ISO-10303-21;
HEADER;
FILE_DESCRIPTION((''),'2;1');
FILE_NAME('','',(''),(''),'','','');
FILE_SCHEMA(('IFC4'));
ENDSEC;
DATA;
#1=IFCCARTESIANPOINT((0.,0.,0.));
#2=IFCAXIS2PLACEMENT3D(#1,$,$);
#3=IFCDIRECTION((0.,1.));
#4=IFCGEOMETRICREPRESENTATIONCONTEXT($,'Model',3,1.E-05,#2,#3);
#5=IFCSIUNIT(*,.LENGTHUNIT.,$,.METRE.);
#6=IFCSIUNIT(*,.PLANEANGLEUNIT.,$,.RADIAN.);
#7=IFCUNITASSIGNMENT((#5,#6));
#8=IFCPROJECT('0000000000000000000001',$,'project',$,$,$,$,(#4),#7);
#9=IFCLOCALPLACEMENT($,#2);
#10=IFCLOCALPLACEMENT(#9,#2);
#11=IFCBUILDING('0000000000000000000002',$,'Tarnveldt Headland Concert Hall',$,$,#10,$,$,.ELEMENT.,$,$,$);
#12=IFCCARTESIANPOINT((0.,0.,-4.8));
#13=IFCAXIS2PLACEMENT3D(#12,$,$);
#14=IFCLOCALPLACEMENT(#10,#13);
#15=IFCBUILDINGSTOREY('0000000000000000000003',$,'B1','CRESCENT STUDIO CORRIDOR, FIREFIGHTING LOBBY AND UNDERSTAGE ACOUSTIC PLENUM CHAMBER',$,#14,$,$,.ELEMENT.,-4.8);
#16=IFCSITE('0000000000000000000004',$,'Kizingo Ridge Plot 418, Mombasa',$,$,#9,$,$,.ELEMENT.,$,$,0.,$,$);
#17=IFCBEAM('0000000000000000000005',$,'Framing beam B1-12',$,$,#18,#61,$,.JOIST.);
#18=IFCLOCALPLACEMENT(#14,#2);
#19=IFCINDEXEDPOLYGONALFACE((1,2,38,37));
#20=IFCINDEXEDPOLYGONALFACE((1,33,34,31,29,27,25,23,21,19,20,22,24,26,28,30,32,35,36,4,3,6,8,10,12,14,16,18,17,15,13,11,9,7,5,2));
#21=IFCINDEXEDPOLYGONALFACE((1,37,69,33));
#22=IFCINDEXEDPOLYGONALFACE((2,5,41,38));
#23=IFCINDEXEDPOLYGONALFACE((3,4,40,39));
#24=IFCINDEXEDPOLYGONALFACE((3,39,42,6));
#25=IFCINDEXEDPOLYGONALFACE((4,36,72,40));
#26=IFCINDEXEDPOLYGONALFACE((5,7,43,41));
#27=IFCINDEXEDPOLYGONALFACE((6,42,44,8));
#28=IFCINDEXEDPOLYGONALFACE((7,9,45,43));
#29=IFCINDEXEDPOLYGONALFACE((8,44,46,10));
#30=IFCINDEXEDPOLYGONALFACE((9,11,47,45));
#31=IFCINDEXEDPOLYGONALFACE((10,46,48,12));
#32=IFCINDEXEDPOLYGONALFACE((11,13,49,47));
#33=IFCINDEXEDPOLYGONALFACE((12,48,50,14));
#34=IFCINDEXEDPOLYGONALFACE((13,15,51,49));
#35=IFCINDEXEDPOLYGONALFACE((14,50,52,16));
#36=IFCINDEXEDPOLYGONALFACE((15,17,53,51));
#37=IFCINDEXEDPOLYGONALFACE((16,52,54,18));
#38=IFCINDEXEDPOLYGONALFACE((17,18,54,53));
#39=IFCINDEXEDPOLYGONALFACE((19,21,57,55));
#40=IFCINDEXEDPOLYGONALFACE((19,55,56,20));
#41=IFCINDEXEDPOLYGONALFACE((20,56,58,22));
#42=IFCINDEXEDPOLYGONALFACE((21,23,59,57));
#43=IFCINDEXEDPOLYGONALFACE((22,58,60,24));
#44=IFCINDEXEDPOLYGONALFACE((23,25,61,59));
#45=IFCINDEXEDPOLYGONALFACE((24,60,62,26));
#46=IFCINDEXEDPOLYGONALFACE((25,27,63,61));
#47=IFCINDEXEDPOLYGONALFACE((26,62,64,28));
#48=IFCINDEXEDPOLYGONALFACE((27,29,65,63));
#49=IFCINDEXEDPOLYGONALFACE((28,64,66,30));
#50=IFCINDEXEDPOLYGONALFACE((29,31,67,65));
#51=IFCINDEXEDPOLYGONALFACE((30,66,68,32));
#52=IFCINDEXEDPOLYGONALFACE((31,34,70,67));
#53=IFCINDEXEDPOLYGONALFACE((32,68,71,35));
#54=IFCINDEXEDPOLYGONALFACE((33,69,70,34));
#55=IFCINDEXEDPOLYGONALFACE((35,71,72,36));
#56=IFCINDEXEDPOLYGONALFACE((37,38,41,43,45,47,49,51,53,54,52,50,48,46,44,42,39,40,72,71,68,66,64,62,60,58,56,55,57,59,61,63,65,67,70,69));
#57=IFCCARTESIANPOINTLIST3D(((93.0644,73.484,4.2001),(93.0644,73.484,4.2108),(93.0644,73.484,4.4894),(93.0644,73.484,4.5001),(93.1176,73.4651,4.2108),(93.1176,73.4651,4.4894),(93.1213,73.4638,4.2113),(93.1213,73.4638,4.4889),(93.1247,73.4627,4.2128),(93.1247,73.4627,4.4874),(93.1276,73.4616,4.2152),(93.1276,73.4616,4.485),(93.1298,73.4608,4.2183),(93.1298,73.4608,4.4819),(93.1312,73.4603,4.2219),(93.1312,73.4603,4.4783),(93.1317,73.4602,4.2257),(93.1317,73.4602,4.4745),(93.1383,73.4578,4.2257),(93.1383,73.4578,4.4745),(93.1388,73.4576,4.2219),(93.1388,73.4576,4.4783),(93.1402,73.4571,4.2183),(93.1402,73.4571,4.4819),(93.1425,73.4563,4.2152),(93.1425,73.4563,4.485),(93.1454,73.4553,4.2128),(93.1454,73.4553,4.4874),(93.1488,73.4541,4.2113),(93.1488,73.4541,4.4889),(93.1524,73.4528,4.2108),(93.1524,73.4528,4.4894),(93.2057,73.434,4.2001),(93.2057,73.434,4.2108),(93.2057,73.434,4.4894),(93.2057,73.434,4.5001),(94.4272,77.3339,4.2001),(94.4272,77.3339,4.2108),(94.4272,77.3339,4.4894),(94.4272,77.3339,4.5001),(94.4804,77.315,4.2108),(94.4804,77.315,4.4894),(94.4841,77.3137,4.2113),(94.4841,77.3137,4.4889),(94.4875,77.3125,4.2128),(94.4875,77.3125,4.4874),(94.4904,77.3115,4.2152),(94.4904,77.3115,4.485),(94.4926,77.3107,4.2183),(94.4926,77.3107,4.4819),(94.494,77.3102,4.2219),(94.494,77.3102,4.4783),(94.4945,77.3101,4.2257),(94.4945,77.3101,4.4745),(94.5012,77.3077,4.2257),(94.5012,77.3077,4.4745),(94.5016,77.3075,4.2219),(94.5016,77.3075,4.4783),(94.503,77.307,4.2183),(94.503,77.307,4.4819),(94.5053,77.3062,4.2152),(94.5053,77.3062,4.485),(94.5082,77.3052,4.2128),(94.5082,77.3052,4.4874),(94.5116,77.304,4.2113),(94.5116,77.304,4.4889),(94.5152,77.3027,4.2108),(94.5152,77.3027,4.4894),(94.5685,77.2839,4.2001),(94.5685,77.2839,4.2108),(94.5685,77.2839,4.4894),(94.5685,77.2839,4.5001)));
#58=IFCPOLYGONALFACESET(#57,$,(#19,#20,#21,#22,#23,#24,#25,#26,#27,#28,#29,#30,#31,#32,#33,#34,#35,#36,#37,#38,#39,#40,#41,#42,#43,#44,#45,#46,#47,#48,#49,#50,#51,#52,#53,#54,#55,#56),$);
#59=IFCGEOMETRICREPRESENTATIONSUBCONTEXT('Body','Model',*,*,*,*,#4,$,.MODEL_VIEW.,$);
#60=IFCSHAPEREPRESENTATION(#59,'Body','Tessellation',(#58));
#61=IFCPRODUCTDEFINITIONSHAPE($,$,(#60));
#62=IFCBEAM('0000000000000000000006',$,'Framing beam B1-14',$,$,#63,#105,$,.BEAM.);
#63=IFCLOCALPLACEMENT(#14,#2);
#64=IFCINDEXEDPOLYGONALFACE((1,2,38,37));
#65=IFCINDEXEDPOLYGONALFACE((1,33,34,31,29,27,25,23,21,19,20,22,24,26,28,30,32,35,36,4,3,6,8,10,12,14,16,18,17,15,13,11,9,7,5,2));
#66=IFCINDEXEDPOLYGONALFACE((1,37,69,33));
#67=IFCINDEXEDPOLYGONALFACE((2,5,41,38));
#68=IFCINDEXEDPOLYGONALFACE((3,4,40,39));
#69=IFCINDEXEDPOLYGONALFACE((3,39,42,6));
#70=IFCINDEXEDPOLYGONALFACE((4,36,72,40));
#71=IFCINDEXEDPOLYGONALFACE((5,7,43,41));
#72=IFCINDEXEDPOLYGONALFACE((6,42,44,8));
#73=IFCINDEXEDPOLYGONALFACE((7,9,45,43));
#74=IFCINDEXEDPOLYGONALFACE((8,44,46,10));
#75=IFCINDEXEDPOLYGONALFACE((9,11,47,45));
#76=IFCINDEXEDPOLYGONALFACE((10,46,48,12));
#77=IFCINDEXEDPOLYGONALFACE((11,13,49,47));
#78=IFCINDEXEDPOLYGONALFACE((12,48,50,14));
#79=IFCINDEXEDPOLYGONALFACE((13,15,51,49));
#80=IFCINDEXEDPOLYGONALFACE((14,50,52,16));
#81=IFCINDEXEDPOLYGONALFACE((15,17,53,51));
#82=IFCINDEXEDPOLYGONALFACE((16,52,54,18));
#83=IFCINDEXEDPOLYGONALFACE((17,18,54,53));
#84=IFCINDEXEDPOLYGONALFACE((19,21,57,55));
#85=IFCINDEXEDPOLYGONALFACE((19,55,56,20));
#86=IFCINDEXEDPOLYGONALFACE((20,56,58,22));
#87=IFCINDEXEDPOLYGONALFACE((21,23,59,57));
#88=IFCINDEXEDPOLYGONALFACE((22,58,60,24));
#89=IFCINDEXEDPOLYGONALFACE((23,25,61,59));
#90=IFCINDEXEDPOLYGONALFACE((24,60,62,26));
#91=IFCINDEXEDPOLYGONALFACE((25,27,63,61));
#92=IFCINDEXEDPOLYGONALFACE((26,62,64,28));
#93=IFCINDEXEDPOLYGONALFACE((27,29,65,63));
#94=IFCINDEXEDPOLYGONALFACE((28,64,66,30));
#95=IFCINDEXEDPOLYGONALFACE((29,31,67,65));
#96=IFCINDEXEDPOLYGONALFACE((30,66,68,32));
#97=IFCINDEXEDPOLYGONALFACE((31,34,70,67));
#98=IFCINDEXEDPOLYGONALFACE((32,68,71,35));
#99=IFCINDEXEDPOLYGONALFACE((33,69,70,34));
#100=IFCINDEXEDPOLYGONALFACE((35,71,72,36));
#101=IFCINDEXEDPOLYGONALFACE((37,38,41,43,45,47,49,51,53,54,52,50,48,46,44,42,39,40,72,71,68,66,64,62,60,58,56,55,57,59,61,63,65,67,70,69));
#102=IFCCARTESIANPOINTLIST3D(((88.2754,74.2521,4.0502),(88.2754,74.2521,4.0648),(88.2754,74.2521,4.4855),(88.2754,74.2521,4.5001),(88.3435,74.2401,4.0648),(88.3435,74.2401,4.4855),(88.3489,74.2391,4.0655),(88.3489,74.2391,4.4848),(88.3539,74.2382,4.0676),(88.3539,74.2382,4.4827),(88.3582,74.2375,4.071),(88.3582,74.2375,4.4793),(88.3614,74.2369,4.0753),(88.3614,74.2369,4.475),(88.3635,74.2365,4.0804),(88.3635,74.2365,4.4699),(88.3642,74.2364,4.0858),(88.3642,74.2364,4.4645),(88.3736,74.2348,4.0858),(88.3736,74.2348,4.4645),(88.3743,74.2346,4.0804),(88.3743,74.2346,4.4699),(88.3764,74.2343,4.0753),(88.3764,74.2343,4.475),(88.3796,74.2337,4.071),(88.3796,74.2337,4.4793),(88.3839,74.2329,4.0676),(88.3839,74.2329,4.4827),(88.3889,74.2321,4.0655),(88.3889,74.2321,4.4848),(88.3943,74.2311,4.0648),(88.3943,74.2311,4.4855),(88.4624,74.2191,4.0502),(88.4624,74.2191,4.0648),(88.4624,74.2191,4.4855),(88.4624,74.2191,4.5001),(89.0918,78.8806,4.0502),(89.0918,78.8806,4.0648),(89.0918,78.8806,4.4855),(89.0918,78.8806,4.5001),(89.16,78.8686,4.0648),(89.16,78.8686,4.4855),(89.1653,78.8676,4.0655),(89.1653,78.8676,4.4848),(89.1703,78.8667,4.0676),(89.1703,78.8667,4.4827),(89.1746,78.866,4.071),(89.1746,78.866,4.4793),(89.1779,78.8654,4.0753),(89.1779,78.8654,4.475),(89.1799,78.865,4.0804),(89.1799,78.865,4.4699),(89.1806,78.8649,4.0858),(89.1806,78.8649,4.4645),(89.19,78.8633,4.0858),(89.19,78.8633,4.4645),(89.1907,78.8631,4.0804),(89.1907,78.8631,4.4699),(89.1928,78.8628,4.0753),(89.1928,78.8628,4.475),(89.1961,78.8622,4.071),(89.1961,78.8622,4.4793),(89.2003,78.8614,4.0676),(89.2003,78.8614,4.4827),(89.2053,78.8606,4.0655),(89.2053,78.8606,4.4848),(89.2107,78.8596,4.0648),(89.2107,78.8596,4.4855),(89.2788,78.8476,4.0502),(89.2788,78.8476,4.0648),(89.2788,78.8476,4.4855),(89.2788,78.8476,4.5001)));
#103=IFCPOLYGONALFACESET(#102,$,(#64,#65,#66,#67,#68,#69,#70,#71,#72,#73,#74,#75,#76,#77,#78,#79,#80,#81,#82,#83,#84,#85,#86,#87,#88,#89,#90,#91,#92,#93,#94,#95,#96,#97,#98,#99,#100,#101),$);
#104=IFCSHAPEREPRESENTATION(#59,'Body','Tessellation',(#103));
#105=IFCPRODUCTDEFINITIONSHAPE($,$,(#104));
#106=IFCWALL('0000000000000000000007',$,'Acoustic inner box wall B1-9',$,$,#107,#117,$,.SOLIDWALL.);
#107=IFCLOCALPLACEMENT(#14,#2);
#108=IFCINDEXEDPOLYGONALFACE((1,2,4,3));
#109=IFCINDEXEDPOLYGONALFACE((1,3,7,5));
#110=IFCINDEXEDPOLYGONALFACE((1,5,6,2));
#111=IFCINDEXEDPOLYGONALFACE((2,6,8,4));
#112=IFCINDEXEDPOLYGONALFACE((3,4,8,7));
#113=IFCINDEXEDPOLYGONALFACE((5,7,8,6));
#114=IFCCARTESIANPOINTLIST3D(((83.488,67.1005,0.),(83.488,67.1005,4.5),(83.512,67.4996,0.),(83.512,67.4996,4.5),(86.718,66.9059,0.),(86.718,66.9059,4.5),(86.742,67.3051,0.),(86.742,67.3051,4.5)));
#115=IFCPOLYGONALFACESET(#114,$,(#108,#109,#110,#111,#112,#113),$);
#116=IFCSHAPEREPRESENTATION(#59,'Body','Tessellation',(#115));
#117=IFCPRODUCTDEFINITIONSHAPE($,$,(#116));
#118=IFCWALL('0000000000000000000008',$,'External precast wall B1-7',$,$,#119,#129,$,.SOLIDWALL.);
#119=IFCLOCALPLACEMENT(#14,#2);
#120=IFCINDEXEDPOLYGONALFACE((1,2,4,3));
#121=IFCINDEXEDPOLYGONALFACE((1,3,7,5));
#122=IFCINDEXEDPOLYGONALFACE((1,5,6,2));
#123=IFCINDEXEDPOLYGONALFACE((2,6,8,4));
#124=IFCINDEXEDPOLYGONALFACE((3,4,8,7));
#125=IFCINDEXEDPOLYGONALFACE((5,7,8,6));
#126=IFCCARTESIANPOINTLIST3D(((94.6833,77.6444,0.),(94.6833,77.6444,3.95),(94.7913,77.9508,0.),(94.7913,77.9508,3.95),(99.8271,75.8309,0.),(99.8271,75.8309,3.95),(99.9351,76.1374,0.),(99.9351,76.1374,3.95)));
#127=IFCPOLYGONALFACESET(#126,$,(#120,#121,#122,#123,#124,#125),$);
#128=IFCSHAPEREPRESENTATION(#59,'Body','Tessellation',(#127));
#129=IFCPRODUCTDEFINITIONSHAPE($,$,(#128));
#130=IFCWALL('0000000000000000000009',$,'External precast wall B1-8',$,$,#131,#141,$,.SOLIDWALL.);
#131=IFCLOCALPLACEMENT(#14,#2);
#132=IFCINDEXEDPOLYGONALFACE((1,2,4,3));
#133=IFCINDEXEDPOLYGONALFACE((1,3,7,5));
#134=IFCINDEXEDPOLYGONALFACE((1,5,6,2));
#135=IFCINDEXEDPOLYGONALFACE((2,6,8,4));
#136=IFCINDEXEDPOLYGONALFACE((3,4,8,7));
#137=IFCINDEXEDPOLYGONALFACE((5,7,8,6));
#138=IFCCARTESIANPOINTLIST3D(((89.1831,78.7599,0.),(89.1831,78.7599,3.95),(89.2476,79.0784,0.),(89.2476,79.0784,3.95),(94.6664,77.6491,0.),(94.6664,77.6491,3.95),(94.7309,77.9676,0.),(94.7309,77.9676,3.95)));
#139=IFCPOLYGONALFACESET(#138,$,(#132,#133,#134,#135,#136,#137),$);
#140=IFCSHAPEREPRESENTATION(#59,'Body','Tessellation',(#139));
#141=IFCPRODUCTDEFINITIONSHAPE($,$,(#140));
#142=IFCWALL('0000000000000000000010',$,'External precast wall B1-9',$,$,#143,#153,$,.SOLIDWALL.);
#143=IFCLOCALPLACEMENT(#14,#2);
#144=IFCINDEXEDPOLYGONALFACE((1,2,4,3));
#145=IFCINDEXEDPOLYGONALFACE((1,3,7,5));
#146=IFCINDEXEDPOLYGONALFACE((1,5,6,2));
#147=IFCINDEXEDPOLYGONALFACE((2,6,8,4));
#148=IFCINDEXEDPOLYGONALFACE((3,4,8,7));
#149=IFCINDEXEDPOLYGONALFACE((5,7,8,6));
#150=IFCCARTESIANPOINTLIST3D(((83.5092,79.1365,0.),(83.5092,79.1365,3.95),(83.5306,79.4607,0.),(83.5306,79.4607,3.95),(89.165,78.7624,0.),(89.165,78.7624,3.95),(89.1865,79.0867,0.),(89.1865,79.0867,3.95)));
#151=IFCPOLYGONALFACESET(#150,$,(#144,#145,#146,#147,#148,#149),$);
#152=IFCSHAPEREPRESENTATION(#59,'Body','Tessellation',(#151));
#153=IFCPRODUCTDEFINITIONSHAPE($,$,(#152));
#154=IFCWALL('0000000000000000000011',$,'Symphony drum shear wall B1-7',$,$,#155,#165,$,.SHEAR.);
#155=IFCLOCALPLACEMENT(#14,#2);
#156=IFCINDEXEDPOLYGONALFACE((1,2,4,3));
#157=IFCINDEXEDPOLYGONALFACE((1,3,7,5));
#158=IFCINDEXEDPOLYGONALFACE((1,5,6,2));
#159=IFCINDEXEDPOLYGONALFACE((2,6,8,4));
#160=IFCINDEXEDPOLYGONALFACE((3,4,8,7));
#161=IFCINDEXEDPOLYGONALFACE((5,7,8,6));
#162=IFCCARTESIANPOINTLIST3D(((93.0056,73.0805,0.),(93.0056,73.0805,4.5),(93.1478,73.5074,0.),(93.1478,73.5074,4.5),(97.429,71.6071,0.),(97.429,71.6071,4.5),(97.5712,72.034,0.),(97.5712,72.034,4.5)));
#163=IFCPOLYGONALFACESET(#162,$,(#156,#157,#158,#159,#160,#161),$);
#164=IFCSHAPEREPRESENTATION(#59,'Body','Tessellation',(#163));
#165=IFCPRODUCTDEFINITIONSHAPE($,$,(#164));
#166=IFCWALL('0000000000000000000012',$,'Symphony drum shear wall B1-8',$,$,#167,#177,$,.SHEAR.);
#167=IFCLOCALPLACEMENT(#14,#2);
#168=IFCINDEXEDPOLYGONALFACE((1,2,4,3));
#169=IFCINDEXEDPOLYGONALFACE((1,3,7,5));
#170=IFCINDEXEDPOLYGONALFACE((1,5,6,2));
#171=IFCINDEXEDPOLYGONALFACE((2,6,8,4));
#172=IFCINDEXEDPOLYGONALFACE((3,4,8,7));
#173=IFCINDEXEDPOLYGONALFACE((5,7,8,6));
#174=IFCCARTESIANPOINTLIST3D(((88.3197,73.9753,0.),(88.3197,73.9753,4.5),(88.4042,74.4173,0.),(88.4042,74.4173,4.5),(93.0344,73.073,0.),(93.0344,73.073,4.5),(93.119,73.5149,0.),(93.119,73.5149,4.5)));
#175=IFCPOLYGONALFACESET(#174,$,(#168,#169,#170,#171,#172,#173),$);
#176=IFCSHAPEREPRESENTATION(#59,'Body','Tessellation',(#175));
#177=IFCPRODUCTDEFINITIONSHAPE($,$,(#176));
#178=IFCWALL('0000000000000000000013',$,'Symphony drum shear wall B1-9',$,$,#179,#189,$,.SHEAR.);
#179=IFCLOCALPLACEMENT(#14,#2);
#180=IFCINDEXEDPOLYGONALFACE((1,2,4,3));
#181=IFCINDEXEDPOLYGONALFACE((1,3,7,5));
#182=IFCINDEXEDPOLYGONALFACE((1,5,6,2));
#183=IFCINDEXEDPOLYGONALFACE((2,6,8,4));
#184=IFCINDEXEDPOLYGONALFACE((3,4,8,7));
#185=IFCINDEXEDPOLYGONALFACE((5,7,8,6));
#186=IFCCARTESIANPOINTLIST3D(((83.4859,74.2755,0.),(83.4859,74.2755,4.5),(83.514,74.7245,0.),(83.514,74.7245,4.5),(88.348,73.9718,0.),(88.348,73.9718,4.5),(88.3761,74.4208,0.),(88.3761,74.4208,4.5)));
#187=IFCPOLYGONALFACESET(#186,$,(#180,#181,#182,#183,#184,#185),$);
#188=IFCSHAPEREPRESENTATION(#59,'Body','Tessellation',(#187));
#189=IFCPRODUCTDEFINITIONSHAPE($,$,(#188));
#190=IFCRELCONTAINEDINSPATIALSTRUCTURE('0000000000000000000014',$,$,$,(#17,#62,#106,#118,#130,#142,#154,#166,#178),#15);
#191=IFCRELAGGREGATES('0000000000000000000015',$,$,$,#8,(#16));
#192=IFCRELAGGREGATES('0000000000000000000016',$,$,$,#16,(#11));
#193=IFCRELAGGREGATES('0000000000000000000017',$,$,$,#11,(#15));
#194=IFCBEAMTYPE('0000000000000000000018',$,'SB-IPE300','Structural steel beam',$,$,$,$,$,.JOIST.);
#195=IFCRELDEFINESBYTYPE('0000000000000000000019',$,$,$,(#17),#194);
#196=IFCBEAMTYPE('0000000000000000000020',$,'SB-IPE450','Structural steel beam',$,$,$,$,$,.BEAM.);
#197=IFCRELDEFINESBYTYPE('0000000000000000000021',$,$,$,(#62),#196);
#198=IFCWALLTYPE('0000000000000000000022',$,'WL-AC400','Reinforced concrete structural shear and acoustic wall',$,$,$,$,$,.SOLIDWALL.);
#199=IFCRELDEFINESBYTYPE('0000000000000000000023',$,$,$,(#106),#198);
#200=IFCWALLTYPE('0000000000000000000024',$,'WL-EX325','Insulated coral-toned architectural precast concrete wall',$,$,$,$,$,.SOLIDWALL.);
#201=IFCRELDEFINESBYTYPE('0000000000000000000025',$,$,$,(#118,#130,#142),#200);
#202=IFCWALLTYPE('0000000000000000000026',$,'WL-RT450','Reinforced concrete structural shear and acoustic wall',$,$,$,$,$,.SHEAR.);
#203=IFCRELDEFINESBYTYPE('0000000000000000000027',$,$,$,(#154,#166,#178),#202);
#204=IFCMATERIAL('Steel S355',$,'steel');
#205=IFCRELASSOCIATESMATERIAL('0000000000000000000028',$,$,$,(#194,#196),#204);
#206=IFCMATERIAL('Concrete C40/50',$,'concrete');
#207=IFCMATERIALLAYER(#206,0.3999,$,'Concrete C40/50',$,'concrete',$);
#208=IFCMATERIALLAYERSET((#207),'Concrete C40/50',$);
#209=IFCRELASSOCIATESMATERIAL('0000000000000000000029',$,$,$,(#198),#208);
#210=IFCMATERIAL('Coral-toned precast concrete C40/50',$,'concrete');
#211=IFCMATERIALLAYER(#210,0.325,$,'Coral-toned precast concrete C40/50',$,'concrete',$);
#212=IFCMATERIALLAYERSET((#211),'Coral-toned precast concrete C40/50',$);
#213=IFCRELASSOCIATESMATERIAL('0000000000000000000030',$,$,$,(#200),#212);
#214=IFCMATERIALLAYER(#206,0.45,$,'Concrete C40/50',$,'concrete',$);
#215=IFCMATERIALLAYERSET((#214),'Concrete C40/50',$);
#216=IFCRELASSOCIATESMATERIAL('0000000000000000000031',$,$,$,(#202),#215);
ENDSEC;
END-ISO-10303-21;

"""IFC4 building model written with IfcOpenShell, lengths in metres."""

from ifc_helpers import new_model, si_unit, direction, frame, frame_2d, origin, origin_2d, place, context, subcontext, project, spatial, rectangle, i_section, extrude, material, layer, layer_set, material_profile, profile_set, type_object, element, save


model = new_model("IFC4")

# Units and contexts
model_context = context("Model", 3, precision=1e-05, world=origin(), true_north=direction((0.0, 1.0)))
body_context = subcontext(model_context, "Body", "Model", "MODEL_VIEW")
ifc_project = project(units=[si_unit("LENGTHUNIT", "METRE"), si_unit("PLANEANGLEUNIT", "RADIAN")], contexts=[model_context])

# Site, building, storey
site_placement = place(None, origin())
site = spatial("IfcSite", under=ifc_project, at=site_placement, Name="Kizingo Ridge Plot 418, Mombasa", CompositionType="ELEMENT", RefElevation=0.0)
building_placement = place(site_placement, origin())
building = spatial("IfcBuilding", under=site, at=building_placement, Name="Tarnveldt Headland Concert Hall", CompositionType="ELEMENT")
storey_placement = place(building_placement, frame((0.0, 0.0, -4.8)))
storey = spatial("IfcBuildingStorey", under=building, at=storey_placement, Name="B1", Description="CRESCENT STUDIO CORRIDOR, FIREFIGHTING LOBBY AND UNDERSTAGE ACOUSTIC PLENUM CHAMBER", CompositionType="ELEMENT", Elevation=-4.8)

# Shared definitions
ifc_material_1 = material(Name="Concrete C40/50", Category="concrete")

# Beams
ifc_material_2 = material(Name="Steel S355", Category="steel")
ifc_material_profile_1 = material_profile(ifc_material_2, i_section(OverallWidth=0.1499, OverallDepth=0.3, WebThickness=0.0071, FlangeThickness=0.0107, FilletRadius=0.0149, at=origin_2d()), Name="IPE300", Category="steel")
ifc_profile_set_1 = profile_set([ifc_material_profile_1], Name="Steel S355")
beam_type_1 = type_object("IfcBeamType", Name="SB-IPE300", Description="Structural steel beam", PredefinedType="JOIST", material=ifc_profile_set_1)
beam_1_placement = place(storey_placement, frame((93.135, 73.459, 4.3501), z_axis=(0.333696, 0.942681, 0.0), x_axis=(-0.942681, 0.333696, 0.0)))
element("IfcBeam", 1, at=beam_1_placement, inside=storey, type_object=beam_type_1, Name="Framing beam B1-12", PredefinedType="JOIST", context=body_context, shape_type="SweptSolid", body=[
    extrude(i_section(OverallWidth=0.1499, OverallDepth=0.3, WebThickness=0.0071, FlangeThickness=0.0107, FilletRadius=0.0149, at=origin_2d()), origin(), (0.0, 0.0, 1.0), 4.084),
])
ifc_material_profile_2 = material_profile(ifc_material_2, i_section(OverallWidth=0.1899, OverallDepth=0.45, WebThickness=0.0095, FlangeThickness=0.0146, FilletRadius=0.021, at=origin_2d()), Name="IPE450", Category="steel")
ifc_profile_set_2 = profile_set([ifc_material_profile_2], Name="Steel S355")
beam_type_2 = type_object("IfcBeamType", Name="SB-IPE450", Description="Structural steel beam", PredefinedType="BEAM", material=ifc_profile_set_2)
beam_2_placement = place(storey_placement, frame((88.3689, 74.2356, 4.2751), z_axis=(0.173708, 0.984797, 0.0), x_axis=(-0.984797, 0.173708, 0.0)))
element("IfcBeam", 2, at=beam_2_placement, inside=storey, type_object=beam_type_2, Name="Framing beam B1-14", PredefinedType="BEAM", context=body_context, shape_type="SweptSolid", body=[
    extrude(i_section(OverallWidth=0.1899, OverallDepth=0.45, WebThickness=0.0095, FlangeThickness=0.0146, FilletRadius=0.021, at=origin_2d()), origin(), (0.0, 0.0, 1.0), 4.7),
])

# Walls
ifc_layer_1 = layer(ifc_material_1, 0.3999, Name="Concrete C40/50", Category="concrete")
ifc_layer_set_1 = layer_set([ifc_layer_1], Name="Concrete C40/50")
wall_type_1 = type_object("IfcWallType", Name="WL-AC400", Description="Reinforced concrete structural shear and acoustic wall", PredefinedType="SOLIDWALL", material=ifc_layer_set_1)
wall_1_placement = place(storey_placement, frame((86.73, 67.1055, 0.0), z_axis=(0.0, 0.0, 1.0), x_axis=(-0.99819, 0.060133, 0.0)))
element("IfcWall", 3, at=wall_1_placement, inside=storey, type_object=wall_type_1, Name="Acoustic inner box wall B1-9", PredefinedType="SOLIDWALL", context=body_context, shape_type="SweptSolid", body=[
    extrude(rectangle(XDim=3.2358, YDim=0.3999, at=frame_2d((1.6179, 0.0))), origin(), (0.0, 0.0, 1.0), 4.5),
])
ifc_material_3 = material(Name="Coral-toned precast concrete C40/50", Category="concrete")
ifc_layer_2 = layer(ifc_material_3, 0.325, Name="Coral-toned precast concrete C40/50", Category="concrete")
ifc_layer_set_2 = layer_set([ifc_layer_2], Name="Coral-toned precast concrete C40/50")
wall_type_2 = type_object("IfcWallType", Name="WL-EX325", Description="Insulated coral-toned architectural precast concrete wall", PredefinedType="SOLIDWALL", material=ifc_layer_set_2)
wall_2_placement = place(storey_placement, frame((94.7373, 77.7976, 0.0), z_axis=(0.0, 0.0, 1.0), x_axis=(0.943104, -0.332497, 0.0)))
element("IfcWall", 4, at=wall_2_placement, inside=storey, type_object=wall_type_2, Name="External precast wall B1-7", PredefinedType="SOLIDWALL", context=body_context, shape_type="SweptSolid", body=[
    extrude(rectangle(XDim=5.4541, YDim=0.325, at=frame_2d((2.7271, 0.0))), origin(), (0.0, 0.0, 1.0), 3.95),
])
wall_3_placement = place(storey_placement, frame((89.2153, 78.9192, 0.0), z_axis=(0.0, 0.0, 1.0), x_axis=(0.980091, -0.198549, 0.0)))
element("IfcWall", 5, at=wall_3_placement, inside=storey, type_object=wall_type_2, Name="External precast wall B1-8", PredefinedType="SOLIDWALL", context=body_context, shape_type="SweptSolid", body=[
    extrude(rectangle(XDim=5.5947, YDim=0.325, at=frame_2d((2.7974, 0.0))), origin(), (0.0, 0.0, 1.0), 3.95),
])
wall_4_placement = place(storey_placement, frame((83.52, 79.2986, 0.0), z_axis=(0.0, 0.0, 1.0), x_axis=(0.99782, -0.065987, 0.0)))
element("IfcWall", 6, at=wall_4_placement, inside=storey, type_object=wall_type_2, Name="External precast wall B1-9", PredefinedType="SOLIDWALL", context=body_context, shape_type="SweptSolid", body=[
    extrude(rectangle(XDim=5.6682, YDim=0.325, at=frame_2d((2.834, 0.0))), origin(), (0.0, 0.0, 1.0), 3.95),
])
ifc_layer_3 = layer(ifc_material_1, 0.45, Name="Concrete C40/50", Category="concrete")
ifc_layer_set_3 = layer_set([ifc_layer_3], Name="Concrete C40/50")
wall_type_3 = type_object("IfcWallType", Name="WL-RT450", Description="Reinforced concrete structural shear and acoustic wall", PredefinedType="SHEAR", material=ifc_layer_set_3)
wall_5_placement = place(storey_placement, frame((97.5, 71.8206, 0.0), z_axis=(0.0, 0.0, 1.0), x_axis=(-0.948751, 0.316024, 0.0)))
element("IfcWall", 7, at=wall_5_placement, inside=storey, type_object=wall_type_3, Name="Symphony drum shear wall B1-7", PredefinedType="SHEAR", context=body_context, shape_type="SweptSolid", body=[
    extrude(rectangle(XDim=4.6624, YDim=0.45, at=frame_2d((2.3311, 0.0))), origin(), (0.0, 0.0, 1.0), 4.5),
])
wall_6_placement = place(storey_placement, frame((93.0767, 73.2939, 0.0), z_axis=(0.0, 0.0, 1.0), x_axis=(-0.982173, 0.187981, 0.0)))
element("IfcWall", 8, at=wall_6_placement, inside=storey, type_object=wall_type_3, Name="Symphony drum shear wall B1-8", PredefinedType="SHEAR", context=body_context, shape_type="SweptSolid", body=[
    extrude(rectangle(XDim=4.8003, YDim=0.45, at=frame_2d((2.4001, 0.0))), origin(), (0.0, 0.0, 1.0), 4.5),
])
wall_7_placement = place(storey_placement, frame((88.3621, 74.1963, 0.0), z_axis=(0.0, 0.0, 1.0), x_axis=(-0.998055, 0.062344, 0.0)))
element("IfcWall", 9, at=wall_7_placement, inside=storey, type_object=wall_type_3, Name="Symphony drum shear wall B1-9", PredefinedType="SHEAR", context=body_context, shape_type="SweptSolid", body=[
    extrude(rectangle(XDim=4.8716, YDim=0.45, at=frame_2d((2.4358, 0.0))), origin(), (0.0, 0.0, 1.0), 4.5),
])

save(model, "model.ifc")
